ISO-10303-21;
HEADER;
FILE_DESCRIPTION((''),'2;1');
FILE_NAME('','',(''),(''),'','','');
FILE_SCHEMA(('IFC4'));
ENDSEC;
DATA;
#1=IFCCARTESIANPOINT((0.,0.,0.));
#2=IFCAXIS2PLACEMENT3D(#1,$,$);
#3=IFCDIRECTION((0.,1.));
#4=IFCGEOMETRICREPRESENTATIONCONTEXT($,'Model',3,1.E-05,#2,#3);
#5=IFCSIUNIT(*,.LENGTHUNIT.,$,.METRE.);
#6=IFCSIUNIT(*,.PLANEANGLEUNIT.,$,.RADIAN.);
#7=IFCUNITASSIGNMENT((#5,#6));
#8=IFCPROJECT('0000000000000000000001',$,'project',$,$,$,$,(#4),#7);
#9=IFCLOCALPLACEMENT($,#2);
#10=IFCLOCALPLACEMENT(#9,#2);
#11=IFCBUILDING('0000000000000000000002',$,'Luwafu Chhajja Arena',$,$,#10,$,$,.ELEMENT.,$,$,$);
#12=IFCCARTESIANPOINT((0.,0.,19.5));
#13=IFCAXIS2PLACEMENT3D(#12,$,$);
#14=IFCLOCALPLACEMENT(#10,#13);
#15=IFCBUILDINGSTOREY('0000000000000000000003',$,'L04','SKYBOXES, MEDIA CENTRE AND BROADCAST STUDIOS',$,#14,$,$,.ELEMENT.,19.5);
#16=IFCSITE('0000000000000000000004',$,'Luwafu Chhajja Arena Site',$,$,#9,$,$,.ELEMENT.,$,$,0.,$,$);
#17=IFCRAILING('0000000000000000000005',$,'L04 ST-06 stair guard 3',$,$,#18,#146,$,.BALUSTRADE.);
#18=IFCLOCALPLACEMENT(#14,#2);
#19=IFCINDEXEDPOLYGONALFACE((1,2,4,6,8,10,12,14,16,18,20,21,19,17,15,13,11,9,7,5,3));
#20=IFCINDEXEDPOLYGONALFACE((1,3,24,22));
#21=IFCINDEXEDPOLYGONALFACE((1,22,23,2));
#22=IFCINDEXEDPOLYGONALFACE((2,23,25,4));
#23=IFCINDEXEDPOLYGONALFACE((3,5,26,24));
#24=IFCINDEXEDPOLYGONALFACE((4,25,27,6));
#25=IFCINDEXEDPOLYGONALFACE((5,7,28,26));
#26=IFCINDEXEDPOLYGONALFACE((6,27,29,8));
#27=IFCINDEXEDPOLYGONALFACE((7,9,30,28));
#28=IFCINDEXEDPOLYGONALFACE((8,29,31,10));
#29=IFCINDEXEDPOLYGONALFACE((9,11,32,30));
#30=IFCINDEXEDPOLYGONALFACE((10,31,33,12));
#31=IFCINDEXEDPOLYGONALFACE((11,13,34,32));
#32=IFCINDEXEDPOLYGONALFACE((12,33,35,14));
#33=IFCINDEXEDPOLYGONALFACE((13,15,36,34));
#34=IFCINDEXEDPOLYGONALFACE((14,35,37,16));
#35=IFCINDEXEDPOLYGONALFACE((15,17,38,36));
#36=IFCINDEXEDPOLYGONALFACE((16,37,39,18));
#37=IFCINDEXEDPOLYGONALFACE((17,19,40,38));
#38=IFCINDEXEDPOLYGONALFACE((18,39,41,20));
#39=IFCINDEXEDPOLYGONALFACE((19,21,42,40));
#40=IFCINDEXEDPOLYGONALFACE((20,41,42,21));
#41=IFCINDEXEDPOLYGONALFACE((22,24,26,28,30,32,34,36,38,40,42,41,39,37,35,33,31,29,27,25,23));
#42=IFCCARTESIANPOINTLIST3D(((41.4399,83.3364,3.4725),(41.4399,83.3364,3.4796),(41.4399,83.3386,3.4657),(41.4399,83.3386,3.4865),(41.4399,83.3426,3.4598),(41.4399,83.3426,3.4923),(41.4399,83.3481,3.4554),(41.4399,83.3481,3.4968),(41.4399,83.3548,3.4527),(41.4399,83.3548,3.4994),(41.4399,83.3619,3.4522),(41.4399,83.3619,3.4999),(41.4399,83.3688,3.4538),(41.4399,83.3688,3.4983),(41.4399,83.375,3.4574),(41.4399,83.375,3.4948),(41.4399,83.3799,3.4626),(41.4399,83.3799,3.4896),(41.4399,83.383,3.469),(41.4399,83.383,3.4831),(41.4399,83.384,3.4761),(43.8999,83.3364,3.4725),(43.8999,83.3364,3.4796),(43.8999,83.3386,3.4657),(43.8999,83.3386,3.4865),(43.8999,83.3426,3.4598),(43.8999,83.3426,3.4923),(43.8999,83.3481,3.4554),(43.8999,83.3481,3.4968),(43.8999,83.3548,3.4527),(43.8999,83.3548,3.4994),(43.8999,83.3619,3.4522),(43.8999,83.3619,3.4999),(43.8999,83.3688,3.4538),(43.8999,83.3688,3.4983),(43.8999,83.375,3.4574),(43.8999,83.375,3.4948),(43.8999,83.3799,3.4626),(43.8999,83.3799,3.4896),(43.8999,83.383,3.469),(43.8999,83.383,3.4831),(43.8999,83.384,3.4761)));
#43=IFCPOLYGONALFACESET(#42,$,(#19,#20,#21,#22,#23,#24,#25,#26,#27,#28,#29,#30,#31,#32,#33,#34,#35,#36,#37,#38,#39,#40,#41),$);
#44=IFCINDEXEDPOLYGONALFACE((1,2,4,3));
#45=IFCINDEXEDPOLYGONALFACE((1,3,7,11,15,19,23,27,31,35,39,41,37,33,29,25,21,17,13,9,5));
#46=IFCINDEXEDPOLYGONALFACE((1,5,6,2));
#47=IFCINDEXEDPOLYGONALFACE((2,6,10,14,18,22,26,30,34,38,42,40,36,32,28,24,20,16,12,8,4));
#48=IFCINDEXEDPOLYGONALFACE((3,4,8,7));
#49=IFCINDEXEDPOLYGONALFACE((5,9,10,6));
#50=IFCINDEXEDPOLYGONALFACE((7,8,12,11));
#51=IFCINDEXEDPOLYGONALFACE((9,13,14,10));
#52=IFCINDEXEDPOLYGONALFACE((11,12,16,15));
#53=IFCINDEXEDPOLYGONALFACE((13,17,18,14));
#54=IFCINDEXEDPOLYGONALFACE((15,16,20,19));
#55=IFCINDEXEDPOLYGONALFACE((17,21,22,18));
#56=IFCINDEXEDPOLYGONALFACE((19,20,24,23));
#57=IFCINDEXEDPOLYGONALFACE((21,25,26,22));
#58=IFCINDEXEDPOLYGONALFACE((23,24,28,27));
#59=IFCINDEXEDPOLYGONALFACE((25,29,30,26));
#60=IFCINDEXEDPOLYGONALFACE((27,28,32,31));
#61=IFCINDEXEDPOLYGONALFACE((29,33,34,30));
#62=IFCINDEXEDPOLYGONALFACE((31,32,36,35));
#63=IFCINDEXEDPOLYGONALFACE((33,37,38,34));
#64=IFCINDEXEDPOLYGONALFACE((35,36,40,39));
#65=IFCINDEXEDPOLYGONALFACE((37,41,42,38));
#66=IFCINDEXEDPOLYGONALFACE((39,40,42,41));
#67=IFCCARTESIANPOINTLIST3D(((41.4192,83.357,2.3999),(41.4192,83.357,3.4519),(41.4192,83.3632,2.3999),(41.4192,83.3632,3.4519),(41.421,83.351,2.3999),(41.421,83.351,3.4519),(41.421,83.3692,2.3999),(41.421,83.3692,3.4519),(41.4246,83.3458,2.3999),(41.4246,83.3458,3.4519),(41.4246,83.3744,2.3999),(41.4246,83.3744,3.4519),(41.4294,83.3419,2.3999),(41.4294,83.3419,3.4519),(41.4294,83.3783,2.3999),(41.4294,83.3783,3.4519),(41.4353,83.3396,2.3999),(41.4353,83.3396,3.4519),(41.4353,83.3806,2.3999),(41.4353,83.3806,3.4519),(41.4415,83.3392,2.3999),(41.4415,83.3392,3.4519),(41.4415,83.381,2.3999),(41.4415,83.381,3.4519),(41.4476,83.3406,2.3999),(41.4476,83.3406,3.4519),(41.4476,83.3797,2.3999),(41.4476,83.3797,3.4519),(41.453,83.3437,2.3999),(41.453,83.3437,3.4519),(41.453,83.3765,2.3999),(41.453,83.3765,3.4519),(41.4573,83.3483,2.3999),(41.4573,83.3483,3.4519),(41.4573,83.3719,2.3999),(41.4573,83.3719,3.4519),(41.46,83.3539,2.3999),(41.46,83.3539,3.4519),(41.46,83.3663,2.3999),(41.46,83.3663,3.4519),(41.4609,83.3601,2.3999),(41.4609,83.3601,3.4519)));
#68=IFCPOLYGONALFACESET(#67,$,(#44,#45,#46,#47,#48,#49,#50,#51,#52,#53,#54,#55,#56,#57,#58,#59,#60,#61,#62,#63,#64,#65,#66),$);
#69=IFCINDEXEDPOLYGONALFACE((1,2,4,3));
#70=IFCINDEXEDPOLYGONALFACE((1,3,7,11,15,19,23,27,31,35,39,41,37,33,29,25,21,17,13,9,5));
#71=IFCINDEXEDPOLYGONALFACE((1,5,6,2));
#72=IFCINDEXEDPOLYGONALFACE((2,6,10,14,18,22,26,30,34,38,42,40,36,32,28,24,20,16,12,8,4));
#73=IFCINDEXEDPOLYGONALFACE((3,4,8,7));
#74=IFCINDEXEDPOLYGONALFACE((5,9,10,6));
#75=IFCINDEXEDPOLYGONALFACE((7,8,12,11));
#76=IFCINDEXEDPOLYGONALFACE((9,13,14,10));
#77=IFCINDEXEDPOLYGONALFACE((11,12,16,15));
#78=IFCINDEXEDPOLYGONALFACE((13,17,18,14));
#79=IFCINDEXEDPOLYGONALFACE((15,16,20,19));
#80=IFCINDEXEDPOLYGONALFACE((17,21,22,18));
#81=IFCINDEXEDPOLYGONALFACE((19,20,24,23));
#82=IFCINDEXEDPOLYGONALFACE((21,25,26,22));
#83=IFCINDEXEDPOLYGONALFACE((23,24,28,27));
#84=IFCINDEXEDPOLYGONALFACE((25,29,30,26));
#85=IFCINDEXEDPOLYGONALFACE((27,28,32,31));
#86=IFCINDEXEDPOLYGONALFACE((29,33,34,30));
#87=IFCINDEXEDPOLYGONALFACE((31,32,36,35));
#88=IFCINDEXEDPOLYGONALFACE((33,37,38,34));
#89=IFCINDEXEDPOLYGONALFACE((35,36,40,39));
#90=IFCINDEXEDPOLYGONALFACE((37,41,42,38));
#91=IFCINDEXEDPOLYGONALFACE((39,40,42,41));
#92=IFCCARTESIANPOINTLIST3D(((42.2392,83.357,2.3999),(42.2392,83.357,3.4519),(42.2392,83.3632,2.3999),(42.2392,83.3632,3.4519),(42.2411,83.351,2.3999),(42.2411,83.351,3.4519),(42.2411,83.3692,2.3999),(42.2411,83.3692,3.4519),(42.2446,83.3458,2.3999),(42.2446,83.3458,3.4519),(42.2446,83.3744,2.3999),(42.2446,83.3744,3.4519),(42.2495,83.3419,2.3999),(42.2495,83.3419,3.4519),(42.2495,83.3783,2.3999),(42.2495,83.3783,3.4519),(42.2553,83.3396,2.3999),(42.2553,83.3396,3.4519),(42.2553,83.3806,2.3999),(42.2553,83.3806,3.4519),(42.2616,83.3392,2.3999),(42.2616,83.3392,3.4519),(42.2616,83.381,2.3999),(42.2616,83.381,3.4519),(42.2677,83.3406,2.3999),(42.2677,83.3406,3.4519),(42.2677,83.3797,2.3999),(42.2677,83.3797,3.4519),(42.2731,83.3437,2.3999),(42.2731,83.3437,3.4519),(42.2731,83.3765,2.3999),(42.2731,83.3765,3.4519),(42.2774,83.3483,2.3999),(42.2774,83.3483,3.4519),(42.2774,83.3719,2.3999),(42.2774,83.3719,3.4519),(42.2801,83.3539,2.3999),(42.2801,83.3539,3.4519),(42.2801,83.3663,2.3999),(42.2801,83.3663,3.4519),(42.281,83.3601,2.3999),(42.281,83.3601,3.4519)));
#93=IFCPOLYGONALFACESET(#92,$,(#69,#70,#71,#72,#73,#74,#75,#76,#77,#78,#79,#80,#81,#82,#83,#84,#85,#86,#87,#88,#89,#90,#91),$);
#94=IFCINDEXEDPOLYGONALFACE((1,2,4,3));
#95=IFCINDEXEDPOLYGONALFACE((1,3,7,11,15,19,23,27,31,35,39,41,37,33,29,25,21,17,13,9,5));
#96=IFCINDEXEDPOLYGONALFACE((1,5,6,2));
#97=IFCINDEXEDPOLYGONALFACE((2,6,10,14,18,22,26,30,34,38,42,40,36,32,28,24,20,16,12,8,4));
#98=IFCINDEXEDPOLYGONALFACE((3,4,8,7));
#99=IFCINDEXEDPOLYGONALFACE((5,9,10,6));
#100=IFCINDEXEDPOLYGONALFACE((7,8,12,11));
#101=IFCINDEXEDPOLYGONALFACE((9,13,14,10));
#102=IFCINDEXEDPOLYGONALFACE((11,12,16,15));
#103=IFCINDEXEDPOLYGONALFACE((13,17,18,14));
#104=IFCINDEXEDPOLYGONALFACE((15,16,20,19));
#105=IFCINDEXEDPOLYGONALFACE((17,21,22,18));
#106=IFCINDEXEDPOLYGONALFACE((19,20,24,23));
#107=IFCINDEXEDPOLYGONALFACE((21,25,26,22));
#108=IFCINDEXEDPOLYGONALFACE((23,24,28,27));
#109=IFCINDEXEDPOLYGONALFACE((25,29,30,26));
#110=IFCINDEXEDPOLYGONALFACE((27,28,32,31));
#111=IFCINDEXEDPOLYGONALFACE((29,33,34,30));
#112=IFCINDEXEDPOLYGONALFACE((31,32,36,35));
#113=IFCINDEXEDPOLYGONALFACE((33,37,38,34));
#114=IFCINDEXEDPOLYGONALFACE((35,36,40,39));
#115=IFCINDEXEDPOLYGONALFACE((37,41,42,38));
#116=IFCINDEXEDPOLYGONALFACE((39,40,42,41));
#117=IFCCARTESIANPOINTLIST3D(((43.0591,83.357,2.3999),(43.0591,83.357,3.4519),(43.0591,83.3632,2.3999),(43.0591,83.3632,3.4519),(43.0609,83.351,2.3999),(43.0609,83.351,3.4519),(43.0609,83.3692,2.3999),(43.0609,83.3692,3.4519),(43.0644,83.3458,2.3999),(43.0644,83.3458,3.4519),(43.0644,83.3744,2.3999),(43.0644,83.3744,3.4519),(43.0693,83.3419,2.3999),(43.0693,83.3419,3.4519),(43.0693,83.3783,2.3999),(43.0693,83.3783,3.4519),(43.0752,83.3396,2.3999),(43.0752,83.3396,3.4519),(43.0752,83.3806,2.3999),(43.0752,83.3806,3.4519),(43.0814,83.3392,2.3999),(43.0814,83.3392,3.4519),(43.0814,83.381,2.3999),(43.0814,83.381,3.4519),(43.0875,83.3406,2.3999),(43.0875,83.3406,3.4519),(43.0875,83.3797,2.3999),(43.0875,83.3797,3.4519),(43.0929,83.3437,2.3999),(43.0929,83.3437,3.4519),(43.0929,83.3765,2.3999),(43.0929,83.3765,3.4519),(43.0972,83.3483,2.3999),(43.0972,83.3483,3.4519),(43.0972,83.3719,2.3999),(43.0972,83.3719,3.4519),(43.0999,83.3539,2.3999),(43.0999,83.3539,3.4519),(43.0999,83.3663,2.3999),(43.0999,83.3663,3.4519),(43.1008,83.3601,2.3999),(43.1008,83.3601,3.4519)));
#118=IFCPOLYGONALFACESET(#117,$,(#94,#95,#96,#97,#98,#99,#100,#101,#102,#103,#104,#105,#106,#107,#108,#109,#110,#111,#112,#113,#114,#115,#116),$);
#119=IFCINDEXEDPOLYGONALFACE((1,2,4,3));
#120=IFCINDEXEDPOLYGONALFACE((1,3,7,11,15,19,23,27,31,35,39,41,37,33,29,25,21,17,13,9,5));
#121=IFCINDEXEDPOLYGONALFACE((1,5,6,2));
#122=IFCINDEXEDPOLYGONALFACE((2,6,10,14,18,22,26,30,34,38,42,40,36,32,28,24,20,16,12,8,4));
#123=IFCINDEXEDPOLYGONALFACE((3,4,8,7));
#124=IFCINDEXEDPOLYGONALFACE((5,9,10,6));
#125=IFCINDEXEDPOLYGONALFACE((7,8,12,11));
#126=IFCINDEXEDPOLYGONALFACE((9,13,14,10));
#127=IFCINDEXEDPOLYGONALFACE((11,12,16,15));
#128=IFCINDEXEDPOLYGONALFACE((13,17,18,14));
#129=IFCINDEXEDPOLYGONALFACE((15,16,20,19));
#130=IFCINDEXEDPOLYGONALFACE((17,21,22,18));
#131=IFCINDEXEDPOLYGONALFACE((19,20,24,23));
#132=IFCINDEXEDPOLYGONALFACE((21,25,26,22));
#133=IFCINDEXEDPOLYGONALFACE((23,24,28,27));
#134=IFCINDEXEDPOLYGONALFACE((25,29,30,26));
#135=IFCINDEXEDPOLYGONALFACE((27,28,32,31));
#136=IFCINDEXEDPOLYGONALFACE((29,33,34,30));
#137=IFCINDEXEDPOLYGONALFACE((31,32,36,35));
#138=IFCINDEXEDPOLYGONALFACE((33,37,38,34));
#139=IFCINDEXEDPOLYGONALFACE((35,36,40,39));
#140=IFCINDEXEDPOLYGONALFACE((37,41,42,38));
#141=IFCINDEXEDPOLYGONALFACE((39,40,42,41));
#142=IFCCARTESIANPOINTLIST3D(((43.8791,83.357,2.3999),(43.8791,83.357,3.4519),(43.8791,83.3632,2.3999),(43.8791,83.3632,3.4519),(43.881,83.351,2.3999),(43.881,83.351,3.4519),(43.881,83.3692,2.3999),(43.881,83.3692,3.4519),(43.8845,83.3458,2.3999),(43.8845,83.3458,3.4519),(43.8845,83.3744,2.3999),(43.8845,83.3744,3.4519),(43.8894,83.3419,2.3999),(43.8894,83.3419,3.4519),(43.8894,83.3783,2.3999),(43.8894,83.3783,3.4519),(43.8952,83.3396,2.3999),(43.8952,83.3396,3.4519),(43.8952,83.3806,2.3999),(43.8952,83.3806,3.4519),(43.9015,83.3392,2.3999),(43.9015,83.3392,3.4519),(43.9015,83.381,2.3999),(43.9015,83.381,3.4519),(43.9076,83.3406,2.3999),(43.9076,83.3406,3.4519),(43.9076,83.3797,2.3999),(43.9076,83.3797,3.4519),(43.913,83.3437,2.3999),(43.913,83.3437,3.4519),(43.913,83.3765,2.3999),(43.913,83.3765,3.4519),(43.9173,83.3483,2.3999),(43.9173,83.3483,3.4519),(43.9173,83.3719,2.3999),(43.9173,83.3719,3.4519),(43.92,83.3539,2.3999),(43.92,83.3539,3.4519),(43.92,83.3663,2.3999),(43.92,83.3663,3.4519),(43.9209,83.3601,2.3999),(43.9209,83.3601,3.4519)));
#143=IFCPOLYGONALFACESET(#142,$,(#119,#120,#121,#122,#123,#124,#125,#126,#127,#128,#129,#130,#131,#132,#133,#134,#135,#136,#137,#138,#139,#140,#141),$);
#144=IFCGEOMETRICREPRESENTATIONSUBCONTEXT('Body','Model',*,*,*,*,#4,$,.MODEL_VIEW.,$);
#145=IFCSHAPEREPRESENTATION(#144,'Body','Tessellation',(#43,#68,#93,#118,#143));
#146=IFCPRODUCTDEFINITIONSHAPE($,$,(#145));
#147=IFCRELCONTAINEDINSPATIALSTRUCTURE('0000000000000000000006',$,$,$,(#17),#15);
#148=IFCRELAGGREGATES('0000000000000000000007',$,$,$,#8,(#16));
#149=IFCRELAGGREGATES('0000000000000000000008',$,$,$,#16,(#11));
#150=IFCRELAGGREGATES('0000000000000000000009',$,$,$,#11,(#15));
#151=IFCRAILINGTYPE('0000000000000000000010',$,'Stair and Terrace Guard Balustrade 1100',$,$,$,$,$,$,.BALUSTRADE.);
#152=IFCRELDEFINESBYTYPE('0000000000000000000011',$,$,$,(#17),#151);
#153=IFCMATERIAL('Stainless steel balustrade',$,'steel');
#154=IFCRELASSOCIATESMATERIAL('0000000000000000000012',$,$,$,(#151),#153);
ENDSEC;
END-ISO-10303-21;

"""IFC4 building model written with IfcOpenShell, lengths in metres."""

from ifc_helpers import new_model, si_unit, direction, frame, origin, origin_2d, place, context, subcontext, project, spatial, circle, extrude, material, type_object, element, save


model = new_model("IFC4")

# Units and contexts
model_context = context("Model", 3, precision=1e-05, world=origin(), true_north=direction((0.0, 1.0)))
body_context = subcontext(model_context, "Body", "Model", "MODEL_VIEW")
ifc_project = project(units=[si_unit("LENGTHUNIT", "METRE"), si_unit("PLANEANGLEUNIT", "RADIAN")], contexts=[model_context])

# Site, building, storey
site_placement = place(None, origin())
site = spatial("IfcSite", under=ifc_project, at=site_placement, Name="Luwafu Chhajja Arena Site", CompositionType="ELEMENT", RefElevation=0.0)
building_placement = place(site_placement, origin())
building = spatial("IfcBuilding", under=site, at=building_placement, Name="Luwafu Chhajja Arena", CompositionType="ELEMENT")
storey_placement = place(building_placement, frame((0.0, 0.0, 19.5)))
storey = spatial("IfcBuildingStorey", under=building, at=storey_placement, Name="L04", Description="SKYBOXES, MEDIA CENTRE AND BROADCAST STUDIOS", CompositionType="ELEMENT", Elevation=19.5)

# Railing
ifc_material_1 = material(Name="Stainless steel balustrade", Category="steel")
railing_type_1 = type_object("IfcRailingType", Name="Stair and Terrace Guard Balustrade 1100", PredefinedType="BALUSTRADE", material=ifc_material_1)
for number, where, name in (
    (1, (41.4399, 83.3601, 2.3999), "L04 ST-06 stair guard 3"),
):
    element("IfcRailing", number, at=place(storey_placement, frame(where)), inside=storey, type_object=railing_type_1, Name=name, PredefinedType="BALUSTRADE", context=body_context, shape_type="SweptSolid", body=[
        extrude(circle(Radius=0.0239, at=origin_2d()), frame((0.0, 0.0, 1.0762), z_axis=(1.0, 0.0, 0.0), x_axis=(0.0, 1.0, 0.0)), (0.0, 0.0, 1.0), 2.46),
        extrude(circle(Radius=0.021, at=origin_2d()), origin(), (0.0, 0.0, 1.0), 1.052),
        extrude(circle(Radius=0.021, at=origin_2d()), frame((0.8201, 0.0, 0.0)), (0.0, 0.0, 1.0), 1.052),
        extrude(circle(Radius=0.021, at=origin_2d()), frame((1.6399, 0.0, 0.0)), (0.0, 0.0, 1.0), 1.052),
        extrude(circle(Radius=0.021, at=origin_2d()), frame((2.46, 0.0, 0.0)), (0.0, 0.0, 1.0), 1.052),
    ])

save(model, "model.ifc")
